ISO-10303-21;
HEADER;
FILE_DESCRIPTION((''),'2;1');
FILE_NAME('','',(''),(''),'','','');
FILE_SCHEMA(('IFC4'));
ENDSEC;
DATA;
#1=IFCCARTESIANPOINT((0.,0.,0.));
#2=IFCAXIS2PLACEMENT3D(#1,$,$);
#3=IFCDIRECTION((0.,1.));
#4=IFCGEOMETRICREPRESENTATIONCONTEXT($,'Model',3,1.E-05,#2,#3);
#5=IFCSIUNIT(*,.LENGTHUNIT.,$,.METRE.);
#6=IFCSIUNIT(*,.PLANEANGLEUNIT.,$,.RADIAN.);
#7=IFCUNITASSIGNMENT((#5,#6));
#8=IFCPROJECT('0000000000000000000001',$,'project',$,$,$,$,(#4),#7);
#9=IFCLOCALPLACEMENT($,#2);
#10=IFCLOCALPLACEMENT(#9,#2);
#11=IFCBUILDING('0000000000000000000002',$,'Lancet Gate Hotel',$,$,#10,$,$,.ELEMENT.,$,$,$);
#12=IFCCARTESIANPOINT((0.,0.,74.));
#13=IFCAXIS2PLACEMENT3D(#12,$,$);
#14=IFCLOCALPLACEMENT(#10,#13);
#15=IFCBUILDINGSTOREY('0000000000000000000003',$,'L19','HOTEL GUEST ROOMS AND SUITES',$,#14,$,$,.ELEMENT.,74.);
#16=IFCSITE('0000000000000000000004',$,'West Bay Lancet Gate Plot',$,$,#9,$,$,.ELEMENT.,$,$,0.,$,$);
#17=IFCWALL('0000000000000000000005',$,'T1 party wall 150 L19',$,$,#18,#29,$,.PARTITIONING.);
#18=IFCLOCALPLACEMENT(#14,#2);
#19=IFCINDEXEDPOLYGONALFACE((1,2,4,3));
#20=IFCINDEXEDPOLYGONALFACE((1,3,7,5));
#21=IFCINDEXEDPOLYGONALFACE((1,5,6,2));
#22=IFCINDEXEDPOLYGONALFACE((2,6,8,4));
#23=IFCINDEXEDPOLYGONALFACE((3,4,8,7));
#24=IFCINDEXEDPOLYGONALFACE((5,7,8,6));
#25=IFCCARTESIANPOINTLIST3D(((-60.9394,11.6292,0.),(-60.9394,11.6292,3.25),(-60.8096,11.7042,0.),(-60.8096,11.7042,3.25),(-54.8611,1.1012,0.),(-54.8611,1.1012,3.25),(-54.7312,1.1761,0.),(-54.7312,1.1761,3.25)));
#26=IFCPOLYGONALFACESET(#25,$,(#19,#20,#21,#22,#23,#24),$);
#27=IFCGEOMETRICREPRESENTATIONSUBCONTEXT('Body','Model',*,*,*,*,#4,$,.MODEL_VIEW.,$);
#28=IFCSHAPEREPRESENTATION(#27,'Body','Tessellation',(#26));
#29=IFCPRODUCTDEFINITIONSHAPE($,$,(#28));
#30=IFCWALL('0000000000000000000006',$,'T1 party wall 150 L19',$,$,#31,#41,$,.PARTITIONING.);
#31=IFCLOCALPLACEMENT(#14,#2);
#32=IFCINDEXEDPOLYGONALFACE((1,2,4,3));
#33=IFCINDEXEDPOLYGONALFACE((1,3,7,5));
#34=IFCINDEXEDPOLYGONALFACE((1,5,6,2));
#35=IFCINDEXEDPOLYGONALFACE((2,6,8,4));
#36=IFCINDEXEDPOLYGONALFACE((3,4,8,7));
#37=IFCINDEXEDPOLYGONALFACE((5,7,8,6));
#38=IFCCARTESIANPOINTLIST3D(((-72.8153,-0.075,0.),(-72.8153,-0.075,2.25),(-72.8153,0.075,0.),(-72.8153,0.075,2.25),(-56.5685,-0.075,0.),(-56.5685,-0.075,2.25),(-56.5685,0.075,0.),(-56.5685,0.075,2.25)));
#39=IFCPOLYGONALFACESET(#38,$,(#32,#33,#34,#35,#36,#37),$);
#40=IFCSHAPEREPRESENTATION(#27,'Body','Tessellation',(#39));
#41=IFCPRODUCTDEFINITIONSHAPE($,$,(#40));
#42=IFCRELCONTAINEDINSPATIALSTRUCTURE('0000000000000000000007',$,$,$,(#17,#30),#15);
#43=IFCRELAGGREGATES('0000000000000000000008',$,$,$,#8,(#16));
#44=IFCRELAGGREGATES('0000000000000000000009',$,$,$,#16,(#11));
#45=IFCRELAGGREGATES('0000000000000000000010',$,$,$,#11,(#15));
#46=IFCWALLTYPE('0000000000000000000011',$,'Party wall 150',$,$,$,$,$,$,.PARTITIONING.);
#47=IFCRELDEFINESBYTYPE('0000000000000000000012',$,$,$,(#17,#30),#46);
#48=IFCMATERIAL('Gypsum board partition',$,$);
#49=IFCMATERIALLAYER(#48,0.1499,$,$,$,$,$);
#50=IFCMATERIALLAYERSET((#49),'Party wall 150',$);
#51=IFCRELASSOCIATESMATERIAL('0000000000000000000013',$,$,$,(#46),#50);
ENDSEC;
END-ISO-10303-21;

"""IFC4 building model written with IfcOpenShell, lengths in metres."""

from ifc_helpers import new_model, si_unit, direction, frame, frame_2d, origin, place, context, subcontext, project, spatial, rectangle, extrude, material, layer, layer_set, type_object, element, save


model = new_model("IFC4")

# Units and contexts
model_context = context("Model", 3, precision=1e-05, world=origin(), true_north=direction((0.0, 1.0)))
body_context = subcontext(model_context, "Body", "Model", "MODEL_VIEW")
ifc_project = project(units=[si_unit("LENGTHUNIT", "METRE"), si_unit("PLANEANGLEUNIT", "RADIAN")], contexts=[model_context])

# Site, building, storey
site_placement = place(None, origin())
site = spatial("IfcSite", under=ifc_project, at=site_placement, Name="West Bay Lancet Gate Plot", CompositionType="ELEMENT", RefElevation=0.0)
building_placement = place(site_placement, origin())
building = spatial("IfcBuilding", under=site, at=building_placement, Name="Lancet Gate Hotel", CompositionType="ELEMENT")
storey_placement = place(building_placement, frame((0.0, 0.0, 74.0)))
storey = spatial("IfcBuildingStorey", under=building, at=storey_placement, Name="L19", Description="HOTEL GUEST ROOMS AND SUITES", CompositionType="ELEMENT", Elevation=74.0)

# Walls
ifc_material_1 = material(Name="Gypsum board partition")
ifc_layer_1 = layer(ifc_material_1, 0.1499)
ifc_layer_set_1 = layer_set([ifc_layer_1], Name="Party wall 150")
wall_type_1 = type_object("IfcWallType", Name="Party wall 150", PredefinedType="PARTITIONING", material=ifc_layer_set_1)
wall_1_placement = place(storey_placement, frame((-54.7961, 1.1387, 0.0), z_axis=(0.0, 0.0, 1.0), x_axis=(-0.499999, 0.866026, 0.0)))
element("IfcWall", 1, at=wall_1_placement, inside=storey, type_object=wall_type_1, Name="T1 party wall 150 L19", PredefinedType="PARTITIONING", context=body_context, shape_type="SweptSolid", body=[
    extrude(rectangle(XDim=12.1567, YDim=0.1499, at=frame_2d((6.0784, 0.0))), origin(), (0.0, 0.0, 1.0), 3.25),
])
wall_2_placement = place(storey_placement, frame((-56.5684, 0.0, 0.0), z_axis=(0.0, 0.0, 1.0), x_axis=(-1.0, 0.0, 0.0)))
element("IfcWall", 2, at=wall_2_placement, inside=storey, type_object=wall_type_1, Name="T1 party wall 150 L19", PredefinedType="PARTITIONING", context=body_context, shape_type="SweptSolid", body=[
    extrude(rectangle(XDim=16.2468, YDim=0.1499, at=frame_2d((8.1235, 0.0))), origin(), (0.0, 0.0, 1.0), 2.25),
])

save(model, "model.ifc")
